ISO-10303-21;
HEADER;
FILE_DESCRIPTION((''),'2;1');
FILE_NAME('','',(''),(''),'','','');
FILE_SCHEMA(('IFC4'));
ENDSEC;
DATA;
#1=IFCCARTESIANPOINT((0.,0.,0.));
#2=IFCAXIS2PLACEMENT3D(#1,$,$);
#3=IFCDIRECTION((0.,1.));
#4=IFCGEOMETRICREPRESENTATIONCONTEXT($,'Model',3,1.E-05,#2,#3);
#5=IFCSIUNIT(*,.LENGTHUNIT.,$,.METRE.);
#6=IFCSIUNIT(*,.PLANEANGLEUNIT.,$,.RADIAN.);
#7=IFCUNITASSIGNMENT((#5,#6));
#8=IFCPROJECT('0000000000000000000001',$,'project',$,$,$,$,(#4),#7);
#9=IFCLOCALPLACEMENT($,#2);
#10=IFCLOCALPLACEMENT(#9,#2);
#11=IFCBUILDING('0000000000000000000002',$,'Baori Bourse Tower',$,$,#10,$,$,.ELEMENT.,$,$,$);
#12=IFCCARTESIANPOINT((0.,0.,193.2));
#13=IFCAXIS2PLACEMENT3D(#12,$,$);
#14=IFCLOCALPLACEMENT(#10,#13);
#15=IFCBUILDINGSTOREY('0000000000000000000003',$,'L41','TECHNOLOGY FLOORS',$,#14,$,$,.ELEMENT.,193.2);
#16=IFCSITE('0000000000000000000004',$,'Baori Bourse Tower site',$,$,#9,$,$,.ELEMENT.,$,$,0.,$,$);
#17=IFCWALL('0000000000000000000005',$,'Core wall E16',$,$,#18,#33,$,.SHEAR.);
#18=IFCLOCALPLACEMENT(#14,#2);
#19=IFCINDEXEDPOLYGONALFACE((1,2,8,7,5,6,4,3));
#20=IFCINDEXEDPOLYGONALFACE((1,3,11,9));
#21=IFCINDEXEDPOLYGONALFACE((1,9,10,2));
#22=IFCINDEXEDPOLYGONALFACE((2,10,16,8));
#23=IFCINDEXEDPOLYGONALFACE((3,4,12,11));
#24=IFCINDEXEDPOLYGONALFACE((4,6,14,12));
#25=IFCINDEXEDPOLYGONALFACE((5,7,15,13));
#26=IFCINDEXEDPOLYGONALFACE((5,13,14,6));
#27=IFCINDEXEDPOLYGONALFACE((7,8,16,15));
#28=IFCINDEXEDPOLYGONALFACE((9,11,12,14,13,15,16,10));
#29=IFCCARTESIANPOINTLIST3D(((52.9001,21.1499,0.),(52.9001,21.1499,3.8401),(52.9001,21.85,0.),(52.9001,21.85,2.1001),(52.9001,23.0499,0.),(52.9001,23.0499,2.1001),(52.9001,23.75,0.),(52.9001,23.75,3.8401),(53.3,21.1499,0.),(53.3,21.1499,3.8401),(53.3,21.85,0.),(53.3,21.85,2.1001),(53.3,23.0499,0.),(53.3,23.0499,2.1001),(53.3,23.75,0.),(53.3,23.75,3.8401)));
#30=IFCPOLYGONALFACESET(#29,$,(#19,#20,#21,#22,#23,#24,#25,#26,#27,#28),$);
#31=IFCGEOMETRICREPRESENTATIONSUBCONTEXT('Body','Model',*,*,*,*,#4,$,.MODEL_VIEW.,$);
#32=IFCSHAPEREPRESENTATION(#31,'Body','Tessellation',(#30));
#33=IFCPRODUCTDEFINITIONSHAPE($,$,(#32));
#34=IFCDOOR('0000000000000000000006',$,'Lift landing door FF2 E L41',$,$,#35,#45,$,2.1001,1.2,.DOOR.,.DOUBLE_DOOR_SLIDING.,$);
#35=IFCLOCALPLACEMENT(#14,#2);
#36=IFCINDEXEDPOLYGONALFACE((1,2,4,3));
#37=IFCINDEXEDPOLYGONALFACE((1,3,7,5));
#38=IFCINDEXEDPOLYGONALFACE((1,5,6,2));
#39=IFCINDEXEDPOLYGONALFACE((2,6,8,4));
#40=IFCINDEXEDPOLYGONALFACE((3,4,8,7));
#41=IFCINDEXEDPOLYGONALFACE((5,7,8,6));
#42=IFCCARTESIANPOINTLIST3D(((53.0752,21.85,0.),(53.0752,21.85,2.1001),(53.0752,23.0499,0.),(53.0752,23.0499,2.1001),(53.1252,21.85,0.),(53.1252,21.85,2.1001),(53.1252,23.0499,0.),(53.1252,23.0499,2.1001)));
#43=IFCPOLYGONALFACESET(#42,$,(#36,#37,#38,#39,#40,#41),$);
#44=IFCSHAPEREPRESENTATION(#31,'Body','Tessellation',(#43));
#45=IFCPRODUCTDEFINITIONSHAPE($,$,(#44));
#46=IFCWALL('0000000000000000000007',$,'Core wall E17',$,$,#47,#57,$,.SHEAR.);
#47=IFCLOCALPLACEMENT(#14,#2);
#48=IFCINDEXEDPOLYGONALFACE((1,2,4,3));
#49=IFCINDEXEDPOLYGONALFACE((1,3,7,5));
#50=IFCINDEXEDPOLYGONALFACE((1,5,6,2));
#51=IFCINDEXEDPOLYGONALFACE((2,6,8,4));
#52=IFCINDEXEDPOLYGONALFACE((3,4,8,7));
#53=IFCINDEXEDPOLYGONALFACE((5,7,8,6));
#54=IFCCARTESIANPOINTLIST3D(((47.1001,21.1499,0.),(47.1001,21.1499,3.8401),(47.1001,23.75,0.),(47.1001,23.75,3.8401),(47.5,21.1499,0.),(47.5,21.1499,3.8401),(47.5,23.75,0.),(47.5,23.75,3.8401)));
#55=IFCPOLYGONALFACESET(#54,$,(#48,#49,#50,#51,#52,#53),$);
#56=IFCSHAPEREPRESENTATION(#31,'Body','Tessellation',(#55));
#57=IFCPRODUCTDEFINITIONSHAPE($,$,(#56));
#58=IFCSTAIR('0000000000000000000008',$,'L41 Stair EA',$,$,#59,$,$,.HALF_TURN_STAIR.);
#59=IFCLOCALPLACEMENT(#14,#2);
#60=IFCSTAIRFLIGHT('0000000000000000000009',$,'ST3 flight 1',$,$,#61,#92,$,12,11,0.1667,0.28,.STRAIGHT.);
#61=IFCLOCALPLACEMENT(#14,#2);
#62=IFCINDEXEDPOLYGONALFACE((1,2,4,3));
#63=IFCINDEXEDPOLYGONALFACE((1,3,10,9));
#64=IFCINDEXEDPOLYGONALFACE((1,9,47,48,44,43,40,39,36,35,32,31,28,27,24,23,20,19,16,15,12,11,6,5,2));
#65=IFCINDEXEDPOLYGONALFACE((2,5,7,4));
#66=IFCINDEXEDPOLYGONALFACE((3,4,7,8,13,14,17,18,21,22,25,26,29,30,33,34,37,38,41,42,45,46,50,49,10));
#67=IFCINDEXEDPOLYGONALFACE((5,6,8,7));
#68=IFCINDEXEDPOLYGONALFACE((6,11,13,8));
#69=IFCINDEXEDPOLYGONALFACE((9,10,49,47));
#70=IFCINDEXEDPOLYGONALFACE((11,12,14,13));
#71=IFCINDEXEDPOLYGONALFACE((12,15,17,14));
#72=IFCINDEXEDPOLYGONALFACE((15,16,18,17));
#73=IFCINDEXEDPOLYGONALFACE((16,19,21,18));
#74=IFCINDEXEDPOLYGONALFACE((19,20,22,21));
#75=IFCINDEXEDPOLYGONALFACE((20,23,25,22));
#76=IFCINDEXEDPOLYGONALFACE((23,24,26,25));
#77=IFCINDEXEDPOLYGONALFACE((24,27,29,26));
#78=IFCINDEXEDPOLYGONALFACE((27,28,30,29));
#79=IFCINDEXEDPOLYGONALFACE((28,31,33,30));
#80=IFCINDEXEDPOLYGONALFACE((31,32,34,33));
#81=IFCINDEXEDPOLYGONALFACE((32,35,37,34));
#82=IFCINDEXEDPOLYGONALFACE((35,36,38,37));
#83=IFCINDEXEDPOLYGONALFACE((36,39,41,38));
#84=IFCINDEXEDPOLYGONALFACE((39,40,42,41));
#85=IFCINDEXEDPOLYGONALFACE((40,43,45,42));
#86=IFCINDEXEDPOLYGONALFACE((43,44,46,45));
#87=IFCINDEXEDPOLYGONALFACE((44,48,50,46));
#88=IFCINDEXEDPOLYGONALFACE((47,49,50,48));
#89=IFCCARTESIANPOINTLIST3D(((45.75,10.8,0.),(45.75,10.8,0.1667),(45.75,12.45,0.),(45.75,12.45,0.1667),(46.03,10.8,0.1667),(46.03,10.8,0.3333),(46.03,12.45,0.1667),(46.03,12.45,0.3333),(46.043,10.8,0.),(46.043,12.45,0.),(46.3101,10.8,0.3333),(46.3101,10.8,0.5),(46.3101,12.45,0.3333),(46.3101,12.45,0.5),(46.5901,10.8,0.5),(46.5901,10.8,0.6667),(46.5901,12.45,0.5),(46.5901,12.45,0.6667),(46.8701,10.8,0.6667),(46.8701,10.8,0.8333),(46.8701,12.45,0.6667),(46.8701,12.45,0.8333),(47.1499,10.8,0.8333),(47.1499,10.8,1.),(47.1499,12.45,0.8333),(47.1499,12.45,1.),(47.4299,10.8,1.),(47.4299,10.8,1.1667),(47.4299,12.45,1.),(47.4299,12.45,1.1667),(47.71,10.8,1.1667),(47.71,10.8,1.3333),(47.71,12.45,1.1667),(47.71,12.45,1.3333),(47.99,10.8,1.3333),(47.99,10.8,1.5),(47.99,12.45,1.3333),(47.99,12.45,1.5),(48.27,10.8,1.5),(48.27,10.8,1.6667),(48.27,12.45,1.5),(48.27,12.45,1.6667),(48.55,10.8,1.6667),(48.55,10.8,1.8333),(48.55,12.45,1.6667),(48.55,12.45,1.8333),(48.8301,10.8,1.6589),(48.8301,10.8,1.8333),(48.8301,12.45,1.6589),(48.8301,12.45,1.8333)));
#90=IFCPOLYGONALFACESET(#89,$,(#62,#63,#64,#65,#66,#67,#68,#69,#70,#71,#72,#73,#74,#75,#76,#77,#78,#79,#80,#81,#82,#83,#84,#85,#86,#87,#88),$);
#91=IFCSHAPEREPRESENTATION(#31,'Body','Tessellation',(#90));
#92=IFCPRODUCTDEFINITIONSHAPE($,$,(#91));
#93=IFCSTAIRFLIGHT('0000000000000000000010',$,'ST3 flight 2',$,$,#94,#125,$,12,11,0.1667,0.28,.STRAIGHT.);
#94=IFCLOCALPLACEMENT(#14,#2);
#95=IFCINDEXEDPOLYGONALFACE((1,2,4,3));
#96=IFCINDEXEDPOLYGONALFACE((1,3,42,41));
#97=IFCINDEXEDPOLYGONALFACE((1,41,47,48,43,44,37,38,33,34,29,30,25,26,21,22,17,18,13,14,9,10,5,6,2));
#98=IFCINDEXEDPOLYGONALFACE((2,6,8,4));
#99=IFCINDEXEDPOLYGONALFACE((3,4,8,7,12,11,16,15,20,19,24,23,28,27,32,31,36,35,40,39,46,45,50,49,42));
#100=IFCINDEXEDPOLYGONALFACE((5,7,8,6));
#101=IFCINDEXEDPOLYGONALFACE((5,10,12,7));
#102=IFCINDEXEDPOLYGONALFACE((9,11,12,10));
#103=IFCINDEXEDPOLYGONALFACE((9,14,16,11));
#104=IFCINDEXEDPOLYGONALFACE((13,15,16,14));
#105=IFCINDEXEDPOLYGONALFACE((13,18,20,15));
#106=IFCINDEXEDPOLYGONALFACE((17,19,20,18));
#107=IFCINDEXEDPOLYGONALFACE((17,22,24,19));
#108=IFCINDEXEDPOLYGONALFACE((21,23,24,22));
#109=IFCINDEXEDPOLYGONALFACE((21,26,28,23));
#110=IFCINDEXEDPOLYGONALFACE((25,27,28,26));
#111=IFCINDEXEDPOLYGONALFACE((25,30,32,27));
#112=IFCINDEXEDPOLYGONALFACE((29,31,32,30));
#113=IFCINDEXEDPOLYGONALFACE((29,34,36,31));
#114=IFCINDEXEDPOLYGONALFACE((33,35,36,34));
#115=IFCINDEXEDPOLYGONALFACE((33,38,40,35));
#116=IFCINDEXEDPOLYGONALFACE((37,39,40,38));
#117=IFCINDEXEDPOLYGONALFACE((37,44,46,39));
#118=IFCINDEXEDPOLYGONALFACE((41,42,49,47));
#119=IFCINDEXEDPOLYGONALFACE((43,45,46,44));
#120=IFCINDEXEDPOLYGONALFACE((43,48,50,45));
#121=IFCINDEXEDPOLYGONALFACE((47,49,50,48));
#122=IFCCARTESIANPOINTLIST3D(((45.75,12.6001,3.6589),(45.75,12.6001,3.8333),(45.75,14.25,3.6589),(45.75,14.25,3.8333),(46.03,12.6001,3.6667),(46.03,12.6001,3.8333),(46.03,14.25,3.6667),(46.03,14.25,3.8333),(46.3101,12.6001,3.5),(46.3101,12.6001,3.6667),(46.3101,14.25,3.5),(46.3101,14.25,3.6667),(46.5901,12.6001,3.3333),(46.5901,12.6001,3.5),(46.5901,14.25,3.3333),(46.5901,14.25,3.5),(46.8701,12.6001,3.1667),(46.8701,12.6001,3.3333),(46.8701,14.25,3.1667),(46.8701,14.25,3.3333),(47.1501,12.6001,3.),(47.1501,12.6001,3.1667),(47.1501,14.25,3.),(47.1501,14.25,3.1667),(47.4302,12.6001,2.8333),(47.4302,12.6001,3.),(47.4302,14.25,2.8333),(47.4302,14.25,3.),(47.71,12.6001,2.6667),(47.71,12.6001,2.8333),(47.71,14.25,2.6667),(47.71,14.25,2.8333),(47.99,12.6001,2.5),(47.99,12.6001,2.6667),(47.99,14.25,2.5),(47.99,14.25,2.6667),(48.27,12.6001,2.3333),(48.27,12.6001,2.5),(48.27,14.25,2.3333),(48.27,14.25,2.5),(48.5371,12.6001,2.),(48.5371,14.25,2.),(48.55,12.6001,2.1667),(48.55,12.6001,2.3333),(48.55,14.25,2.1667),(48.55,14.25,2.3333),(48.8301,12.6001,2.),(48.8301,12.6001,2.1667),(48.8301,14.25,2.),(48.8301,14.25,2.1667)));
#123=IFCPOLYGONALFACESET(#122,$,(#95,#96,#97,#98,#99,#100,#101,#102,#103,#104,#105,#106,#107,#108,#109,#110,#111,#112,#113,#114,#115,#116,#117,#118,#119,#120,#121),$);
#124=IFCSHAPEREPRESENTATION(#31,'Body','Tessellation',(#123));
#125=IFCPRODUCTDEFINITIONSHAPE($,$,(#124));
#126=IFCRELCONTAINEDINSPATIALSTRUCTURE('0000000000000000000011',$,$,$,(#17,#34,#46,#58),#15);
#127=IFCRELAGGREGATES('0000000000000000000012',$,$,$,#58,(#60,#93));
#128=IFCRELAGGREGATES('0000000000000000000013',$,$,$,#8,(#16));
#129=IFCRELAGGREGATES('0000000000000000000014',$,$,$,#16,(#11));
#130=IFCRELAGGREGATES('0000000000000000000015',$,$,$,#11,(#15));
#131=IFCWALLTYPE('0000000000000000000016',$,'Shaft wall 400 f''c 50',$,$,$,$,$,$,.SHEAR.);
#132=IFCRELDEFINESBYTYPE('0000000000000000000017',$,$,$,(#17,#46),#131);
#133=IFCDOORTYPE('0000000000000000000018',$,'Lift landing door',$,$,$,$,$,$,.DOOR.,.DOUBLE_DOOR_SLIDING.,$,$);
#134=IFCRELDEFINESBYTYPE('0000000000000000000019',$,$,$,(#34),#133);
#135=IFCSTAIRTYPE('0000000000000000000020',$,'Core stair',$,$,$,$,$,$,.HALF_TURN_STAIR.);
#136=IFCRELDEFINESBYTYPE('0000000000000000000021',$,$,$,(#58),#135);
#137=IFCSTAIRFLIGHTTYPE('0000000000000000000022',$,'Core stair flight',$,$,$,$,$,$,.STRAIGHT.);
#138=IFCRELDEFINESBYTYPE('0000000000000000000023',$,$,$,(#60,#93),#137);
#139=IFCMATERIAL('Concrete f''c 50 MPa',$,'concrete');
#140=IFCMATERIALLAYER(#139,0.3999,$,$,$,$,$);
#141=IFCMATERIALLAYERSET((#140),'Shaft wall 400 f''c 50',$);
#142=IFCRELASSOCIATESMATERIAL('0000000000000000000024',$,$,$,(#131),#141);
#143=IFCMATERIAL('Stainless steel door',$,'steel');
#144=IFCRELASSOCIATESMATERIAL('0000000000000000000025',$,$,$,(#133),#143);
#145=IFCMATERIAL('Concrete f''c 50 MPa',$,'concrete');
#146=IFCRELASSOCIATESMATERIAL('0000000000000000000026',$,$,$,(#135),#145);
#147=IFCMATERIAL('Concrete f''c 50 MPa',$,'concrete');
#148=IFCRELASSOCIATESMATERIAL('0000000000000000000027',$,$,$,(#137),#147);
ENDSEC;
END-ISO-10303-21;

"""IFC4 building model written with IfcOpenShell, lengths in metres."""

from ifc_helpers import new_model, si_unit, direction, frame, frame_2d, origin, place, context, subcontext, project, spatial, polyline, rectangle, outline, extrude, material, layer, layer_set, type_object, element, fill, aggregate, save


model = new_model("IFC4")

# Units and contexts
model_context = context("Model", 3, precision=1e-05, world=origin(), true_north=direction((0.0, 1.0)))
body_context = subcontext(model_context, "Body", "Model", "MODEL_VIEW")
ifc_project = project(units=[si_unit("LENGTHUNIT", "METRE"), si_unit("PLANEANGLEUNIT", "RADIAN")], contexts=[model_context])

# Site, building, storey
site_placement = place(None, origin())
site = spatial("IfcSite", under=ifc_project, at=site_placement, Name="Baori Bourse Tower site", CompositionType="ELEMENT", RefElevation=0.0)
building_placement = place(site_placement, origin())
building = spatial("IfcBuilding", under=site, at=building_placement, Name="Baori Bourse Tower", CompositionType="ELEMENT")
storey_placement = place(building_placement, frame((0.0, 0.0, 193.2)))
storey = spatial("IfcBuildingStorey", under=building, at=storey_placement, Name="L41", Description="TECHNOLOGY FLOORS", CompositionType="ELEMENT", Elevation=193.2)

# Shared definitions
ifc_material_1 = material(Name="Concrete f'c 50 MPa", Category="concrete")
ifc_layer_1 = layer(ifc_material_1, 0.3999)
ifc_layer_set_1 = layer_set([ifc_layer_1], Name="Shaft wall 400 f'c 50")
wall_type_1 = type_object("IfcWallType", Name="Shaft wall 400 f'c 50", PredefinedType="SHEAR", material=ifc_layer_set_1)

# Wall, opening, door
wall_1_placement = place(storey_placement, frame((53.1001, 21.1499, 0.0), z_axis=(0.0, 0.0, 1.0), x_axis=(0.0, 1.0, 0.0)))
wall_1 = element("IfcWall", 1, at=wall_1_placement, inside=storey, type_object=wall_type_1, Name="Core wall E16", PredefinedType="SHEAR", context=body_context, shape_type="SweptSolid", body=[
    extrude(rectangle(XDim=2.6001, YDim=0.3999, at=frame_2d((1.3, 0.0))), origin(), (0.0, 0.0, 1.0), 3.8401),
])
opening_1_placement = place(wall_1_placement, frame((0.7, 0.0, 0.0)))
opening_1 = element("IfcOpeningElement", 2, at=opening_1_placement, cuts=wall_1, PredefinedType="OPENING", context=body_context, shape_type="SweptSolid", body=[
    extrude(rectangle(XDim=1.2, YDim=2.1001, at=frame_2d((0.6001, 1.05))), frame((0.0, 0.21, 0.0), z_axis=(0.0, -1.0, 0.0), x_axis=(1.0, 0.0, 0.0)), (0.0, 0.0, 1.0), 0.4199),
])
ifc_material_2 = material(Name="Stainless steel door", Category="steel")
door_type_1 = type_object("IfcDoorType", Name="Lift landing door", OperationType="DOUBLE_DOOR_SLIDING", PredefinedType="DOOR", material=ifc_material_2)
door_1_placement = place(opening_1_placement, origin())
door_1 = element("IfcDoor", 3, at=door_1_placement, inside=storey, type_object=door_type_1, Name="Lift landing door FF2 E L41", OperationType="DOUBLE_DOOR_SLIDING", OverallHeight=2.1001, OverallWidth=1.2, PredefinedType="DOOR", context=body_context, shape_type="SweptSolid", body=[
    extrude(rectangle(XDim=1.2, YDim=2.1001, at=frame_2d((0.6001, 1.05))), frame((0.0, 0.0249, 0.0), z_axis=(0.0, -1.0, 0.0), x_axis=(1.0, 0.0, 0.0)), (0.0, 0.0, 1.0), 0.05),
])
fill(opening_1, door_1)

# Wall
wall_2_placement = place(storey_placement, frame((47.3, 21.1499, 0.0), z_axis=(0.0, 0.0, 1.0), x_axis=(0.0, 1.0, 0.0)))
element("IfcWall", 4, at=wall_2_placement, inside=storey, type_object=wall_type_1, Name="Core wall E17", PredefinedType="SHEAR", context=body_context, shape_type="SweptSolid", body=[
    extrude(rectangle(XDim=2.6001, YDim=0.3999, at=frame_2d((1.3, 0.0))), origin(), (0.0, 0.0, 1.0), 3.8401),
])

# Stair, stair flights
ifc_material_3 = material(Name="Concrete f'c 50 MPa", Category="concrete")
stair_type = type_object("IfcStairType", Name="Core stair", PredefinedType="HALF_TURN_STAIR", material=ifc_material_3)
stair_placement = place(storey_placement, origin())
stair = element("IfcStair", 5, at=stair_placement, inside=storey, type_object=stair_type, Name="L41 Stair EA", PredefinedType="HALF_TURN_STAIR")
ifc_material_4 = material(Name="Concrete f'c 50 MPa", Category="concrete")
stair_flight_type = type_object("IfcStairFlightType", Name="Core stair flight", PredefinedType="STRAIGHT", material=ifc_material_4)
stair_flight_1_placement = place(storey_placement, frame((45.75, 11.625, 0.0), z_axis=(0.0, 0.0, 1.0), x_axis=(1.0, 0.0, 0.0)))
stair_flight_1 = element("IfcStairFlight", 6, at=stair_flight_1_placement, type_object=stair_flight_type, Name="ST3 flight 1", NumberOfRisers=12, NumberOfTreads=11, PredefinedType="STRAIGHT", RiserHeight=0.1667, TreadLength=0.28, context=body_context, shape_type="SweptSolid", body=[
    extrude(outline(polyline([(0.0, 0.0), (0.0, 0.1667), (0.28, 0.1667), (0.28, 0.3333), (0.5601, 0.3333), (0.5601, 0.5), (0.8401, 0.5), (0.8401, 0.6667), (1.1201, 0.6667), (1.1201, 0.8333), (1.3999, 0.8333), (1.3999, 1.0), (1.6799, 1.0), (1.6799, 1.1667), (1.96, 1.1667), (1.96, 1.3333), (2.24, 1.3333), (2.24, 1.5), (2.52, 1.5), (2.52, 1.6667), (2.8, 1.6667), (2.8, 1.8333), (3.0801, 1.8333), (3.0801, 2.0), (3.0801, 1.6589), (0.293, 0.0), (0.0, 0.0)])), frame((0.0, 0.825, 0.0), z_axis=(0.0, -1.0, 0.0), x_axis=(1.0, 0.0, 0.0)), (0.0, 0.0, 1.0), 1.6499),
])
stair_flight_2_placement = place(storey_placement, frame((48.8301, 13.425, 2.0), z_axis=(0.0, 0.0, 1.0), x_axis=(-1.0, 0.0, 0.0)))
stair_flight_2 = element("IfcStairFlight", 7, at=stair_flight_2_placement, type_object=stair_flight_type, Name="ST3 flight 2", NumberOfRisers=12, NumberOfTreads=11, PredefinedType="STRAIGHT", RiserHeight=0.1667, TreadLength=0.28, context=body_context, shape_type="SweptSolid", body=[
    extrude(outline(polyline([(0.0, 0.0), (0.0, 0.1667), (0.28, 0.1667), (0.28, 0.3333), (0.5601, 0.3333), (0.5601, 0.5), (0.8401, 0.5), (0.8401, 0.6667), (1.1201, 0.6667), (1.1201, 0.8333), (1.3999, 0.8333), (1.3999, 1.0), (1.6799, 1.0), (1.6799, 1.1667), (1.96, 1.1667), (1.96, 1.3333), (2.24, 1.3333), (2.24, 1.5), (2.52, 1.5), (2.52, 1.6667), (2.8, 1.6667), (2.8, 1.8333), (3.0801, 1.8333), (3.0801, 2.0), (3.0801, 1.6589), (0.293, 0.0), (0.0, 0.0)])), frame((0.0, 0.825, 0.0), z_axis=(0.0, -1.0, 0.0), x_axis=(1.0, 0.0, 0.0)), (0.0, 0.0, 1.0), 1.6499),
])
aggregate(stair, [stair_flight_1, stair_flight_2])

save(model, "model.ifc")
